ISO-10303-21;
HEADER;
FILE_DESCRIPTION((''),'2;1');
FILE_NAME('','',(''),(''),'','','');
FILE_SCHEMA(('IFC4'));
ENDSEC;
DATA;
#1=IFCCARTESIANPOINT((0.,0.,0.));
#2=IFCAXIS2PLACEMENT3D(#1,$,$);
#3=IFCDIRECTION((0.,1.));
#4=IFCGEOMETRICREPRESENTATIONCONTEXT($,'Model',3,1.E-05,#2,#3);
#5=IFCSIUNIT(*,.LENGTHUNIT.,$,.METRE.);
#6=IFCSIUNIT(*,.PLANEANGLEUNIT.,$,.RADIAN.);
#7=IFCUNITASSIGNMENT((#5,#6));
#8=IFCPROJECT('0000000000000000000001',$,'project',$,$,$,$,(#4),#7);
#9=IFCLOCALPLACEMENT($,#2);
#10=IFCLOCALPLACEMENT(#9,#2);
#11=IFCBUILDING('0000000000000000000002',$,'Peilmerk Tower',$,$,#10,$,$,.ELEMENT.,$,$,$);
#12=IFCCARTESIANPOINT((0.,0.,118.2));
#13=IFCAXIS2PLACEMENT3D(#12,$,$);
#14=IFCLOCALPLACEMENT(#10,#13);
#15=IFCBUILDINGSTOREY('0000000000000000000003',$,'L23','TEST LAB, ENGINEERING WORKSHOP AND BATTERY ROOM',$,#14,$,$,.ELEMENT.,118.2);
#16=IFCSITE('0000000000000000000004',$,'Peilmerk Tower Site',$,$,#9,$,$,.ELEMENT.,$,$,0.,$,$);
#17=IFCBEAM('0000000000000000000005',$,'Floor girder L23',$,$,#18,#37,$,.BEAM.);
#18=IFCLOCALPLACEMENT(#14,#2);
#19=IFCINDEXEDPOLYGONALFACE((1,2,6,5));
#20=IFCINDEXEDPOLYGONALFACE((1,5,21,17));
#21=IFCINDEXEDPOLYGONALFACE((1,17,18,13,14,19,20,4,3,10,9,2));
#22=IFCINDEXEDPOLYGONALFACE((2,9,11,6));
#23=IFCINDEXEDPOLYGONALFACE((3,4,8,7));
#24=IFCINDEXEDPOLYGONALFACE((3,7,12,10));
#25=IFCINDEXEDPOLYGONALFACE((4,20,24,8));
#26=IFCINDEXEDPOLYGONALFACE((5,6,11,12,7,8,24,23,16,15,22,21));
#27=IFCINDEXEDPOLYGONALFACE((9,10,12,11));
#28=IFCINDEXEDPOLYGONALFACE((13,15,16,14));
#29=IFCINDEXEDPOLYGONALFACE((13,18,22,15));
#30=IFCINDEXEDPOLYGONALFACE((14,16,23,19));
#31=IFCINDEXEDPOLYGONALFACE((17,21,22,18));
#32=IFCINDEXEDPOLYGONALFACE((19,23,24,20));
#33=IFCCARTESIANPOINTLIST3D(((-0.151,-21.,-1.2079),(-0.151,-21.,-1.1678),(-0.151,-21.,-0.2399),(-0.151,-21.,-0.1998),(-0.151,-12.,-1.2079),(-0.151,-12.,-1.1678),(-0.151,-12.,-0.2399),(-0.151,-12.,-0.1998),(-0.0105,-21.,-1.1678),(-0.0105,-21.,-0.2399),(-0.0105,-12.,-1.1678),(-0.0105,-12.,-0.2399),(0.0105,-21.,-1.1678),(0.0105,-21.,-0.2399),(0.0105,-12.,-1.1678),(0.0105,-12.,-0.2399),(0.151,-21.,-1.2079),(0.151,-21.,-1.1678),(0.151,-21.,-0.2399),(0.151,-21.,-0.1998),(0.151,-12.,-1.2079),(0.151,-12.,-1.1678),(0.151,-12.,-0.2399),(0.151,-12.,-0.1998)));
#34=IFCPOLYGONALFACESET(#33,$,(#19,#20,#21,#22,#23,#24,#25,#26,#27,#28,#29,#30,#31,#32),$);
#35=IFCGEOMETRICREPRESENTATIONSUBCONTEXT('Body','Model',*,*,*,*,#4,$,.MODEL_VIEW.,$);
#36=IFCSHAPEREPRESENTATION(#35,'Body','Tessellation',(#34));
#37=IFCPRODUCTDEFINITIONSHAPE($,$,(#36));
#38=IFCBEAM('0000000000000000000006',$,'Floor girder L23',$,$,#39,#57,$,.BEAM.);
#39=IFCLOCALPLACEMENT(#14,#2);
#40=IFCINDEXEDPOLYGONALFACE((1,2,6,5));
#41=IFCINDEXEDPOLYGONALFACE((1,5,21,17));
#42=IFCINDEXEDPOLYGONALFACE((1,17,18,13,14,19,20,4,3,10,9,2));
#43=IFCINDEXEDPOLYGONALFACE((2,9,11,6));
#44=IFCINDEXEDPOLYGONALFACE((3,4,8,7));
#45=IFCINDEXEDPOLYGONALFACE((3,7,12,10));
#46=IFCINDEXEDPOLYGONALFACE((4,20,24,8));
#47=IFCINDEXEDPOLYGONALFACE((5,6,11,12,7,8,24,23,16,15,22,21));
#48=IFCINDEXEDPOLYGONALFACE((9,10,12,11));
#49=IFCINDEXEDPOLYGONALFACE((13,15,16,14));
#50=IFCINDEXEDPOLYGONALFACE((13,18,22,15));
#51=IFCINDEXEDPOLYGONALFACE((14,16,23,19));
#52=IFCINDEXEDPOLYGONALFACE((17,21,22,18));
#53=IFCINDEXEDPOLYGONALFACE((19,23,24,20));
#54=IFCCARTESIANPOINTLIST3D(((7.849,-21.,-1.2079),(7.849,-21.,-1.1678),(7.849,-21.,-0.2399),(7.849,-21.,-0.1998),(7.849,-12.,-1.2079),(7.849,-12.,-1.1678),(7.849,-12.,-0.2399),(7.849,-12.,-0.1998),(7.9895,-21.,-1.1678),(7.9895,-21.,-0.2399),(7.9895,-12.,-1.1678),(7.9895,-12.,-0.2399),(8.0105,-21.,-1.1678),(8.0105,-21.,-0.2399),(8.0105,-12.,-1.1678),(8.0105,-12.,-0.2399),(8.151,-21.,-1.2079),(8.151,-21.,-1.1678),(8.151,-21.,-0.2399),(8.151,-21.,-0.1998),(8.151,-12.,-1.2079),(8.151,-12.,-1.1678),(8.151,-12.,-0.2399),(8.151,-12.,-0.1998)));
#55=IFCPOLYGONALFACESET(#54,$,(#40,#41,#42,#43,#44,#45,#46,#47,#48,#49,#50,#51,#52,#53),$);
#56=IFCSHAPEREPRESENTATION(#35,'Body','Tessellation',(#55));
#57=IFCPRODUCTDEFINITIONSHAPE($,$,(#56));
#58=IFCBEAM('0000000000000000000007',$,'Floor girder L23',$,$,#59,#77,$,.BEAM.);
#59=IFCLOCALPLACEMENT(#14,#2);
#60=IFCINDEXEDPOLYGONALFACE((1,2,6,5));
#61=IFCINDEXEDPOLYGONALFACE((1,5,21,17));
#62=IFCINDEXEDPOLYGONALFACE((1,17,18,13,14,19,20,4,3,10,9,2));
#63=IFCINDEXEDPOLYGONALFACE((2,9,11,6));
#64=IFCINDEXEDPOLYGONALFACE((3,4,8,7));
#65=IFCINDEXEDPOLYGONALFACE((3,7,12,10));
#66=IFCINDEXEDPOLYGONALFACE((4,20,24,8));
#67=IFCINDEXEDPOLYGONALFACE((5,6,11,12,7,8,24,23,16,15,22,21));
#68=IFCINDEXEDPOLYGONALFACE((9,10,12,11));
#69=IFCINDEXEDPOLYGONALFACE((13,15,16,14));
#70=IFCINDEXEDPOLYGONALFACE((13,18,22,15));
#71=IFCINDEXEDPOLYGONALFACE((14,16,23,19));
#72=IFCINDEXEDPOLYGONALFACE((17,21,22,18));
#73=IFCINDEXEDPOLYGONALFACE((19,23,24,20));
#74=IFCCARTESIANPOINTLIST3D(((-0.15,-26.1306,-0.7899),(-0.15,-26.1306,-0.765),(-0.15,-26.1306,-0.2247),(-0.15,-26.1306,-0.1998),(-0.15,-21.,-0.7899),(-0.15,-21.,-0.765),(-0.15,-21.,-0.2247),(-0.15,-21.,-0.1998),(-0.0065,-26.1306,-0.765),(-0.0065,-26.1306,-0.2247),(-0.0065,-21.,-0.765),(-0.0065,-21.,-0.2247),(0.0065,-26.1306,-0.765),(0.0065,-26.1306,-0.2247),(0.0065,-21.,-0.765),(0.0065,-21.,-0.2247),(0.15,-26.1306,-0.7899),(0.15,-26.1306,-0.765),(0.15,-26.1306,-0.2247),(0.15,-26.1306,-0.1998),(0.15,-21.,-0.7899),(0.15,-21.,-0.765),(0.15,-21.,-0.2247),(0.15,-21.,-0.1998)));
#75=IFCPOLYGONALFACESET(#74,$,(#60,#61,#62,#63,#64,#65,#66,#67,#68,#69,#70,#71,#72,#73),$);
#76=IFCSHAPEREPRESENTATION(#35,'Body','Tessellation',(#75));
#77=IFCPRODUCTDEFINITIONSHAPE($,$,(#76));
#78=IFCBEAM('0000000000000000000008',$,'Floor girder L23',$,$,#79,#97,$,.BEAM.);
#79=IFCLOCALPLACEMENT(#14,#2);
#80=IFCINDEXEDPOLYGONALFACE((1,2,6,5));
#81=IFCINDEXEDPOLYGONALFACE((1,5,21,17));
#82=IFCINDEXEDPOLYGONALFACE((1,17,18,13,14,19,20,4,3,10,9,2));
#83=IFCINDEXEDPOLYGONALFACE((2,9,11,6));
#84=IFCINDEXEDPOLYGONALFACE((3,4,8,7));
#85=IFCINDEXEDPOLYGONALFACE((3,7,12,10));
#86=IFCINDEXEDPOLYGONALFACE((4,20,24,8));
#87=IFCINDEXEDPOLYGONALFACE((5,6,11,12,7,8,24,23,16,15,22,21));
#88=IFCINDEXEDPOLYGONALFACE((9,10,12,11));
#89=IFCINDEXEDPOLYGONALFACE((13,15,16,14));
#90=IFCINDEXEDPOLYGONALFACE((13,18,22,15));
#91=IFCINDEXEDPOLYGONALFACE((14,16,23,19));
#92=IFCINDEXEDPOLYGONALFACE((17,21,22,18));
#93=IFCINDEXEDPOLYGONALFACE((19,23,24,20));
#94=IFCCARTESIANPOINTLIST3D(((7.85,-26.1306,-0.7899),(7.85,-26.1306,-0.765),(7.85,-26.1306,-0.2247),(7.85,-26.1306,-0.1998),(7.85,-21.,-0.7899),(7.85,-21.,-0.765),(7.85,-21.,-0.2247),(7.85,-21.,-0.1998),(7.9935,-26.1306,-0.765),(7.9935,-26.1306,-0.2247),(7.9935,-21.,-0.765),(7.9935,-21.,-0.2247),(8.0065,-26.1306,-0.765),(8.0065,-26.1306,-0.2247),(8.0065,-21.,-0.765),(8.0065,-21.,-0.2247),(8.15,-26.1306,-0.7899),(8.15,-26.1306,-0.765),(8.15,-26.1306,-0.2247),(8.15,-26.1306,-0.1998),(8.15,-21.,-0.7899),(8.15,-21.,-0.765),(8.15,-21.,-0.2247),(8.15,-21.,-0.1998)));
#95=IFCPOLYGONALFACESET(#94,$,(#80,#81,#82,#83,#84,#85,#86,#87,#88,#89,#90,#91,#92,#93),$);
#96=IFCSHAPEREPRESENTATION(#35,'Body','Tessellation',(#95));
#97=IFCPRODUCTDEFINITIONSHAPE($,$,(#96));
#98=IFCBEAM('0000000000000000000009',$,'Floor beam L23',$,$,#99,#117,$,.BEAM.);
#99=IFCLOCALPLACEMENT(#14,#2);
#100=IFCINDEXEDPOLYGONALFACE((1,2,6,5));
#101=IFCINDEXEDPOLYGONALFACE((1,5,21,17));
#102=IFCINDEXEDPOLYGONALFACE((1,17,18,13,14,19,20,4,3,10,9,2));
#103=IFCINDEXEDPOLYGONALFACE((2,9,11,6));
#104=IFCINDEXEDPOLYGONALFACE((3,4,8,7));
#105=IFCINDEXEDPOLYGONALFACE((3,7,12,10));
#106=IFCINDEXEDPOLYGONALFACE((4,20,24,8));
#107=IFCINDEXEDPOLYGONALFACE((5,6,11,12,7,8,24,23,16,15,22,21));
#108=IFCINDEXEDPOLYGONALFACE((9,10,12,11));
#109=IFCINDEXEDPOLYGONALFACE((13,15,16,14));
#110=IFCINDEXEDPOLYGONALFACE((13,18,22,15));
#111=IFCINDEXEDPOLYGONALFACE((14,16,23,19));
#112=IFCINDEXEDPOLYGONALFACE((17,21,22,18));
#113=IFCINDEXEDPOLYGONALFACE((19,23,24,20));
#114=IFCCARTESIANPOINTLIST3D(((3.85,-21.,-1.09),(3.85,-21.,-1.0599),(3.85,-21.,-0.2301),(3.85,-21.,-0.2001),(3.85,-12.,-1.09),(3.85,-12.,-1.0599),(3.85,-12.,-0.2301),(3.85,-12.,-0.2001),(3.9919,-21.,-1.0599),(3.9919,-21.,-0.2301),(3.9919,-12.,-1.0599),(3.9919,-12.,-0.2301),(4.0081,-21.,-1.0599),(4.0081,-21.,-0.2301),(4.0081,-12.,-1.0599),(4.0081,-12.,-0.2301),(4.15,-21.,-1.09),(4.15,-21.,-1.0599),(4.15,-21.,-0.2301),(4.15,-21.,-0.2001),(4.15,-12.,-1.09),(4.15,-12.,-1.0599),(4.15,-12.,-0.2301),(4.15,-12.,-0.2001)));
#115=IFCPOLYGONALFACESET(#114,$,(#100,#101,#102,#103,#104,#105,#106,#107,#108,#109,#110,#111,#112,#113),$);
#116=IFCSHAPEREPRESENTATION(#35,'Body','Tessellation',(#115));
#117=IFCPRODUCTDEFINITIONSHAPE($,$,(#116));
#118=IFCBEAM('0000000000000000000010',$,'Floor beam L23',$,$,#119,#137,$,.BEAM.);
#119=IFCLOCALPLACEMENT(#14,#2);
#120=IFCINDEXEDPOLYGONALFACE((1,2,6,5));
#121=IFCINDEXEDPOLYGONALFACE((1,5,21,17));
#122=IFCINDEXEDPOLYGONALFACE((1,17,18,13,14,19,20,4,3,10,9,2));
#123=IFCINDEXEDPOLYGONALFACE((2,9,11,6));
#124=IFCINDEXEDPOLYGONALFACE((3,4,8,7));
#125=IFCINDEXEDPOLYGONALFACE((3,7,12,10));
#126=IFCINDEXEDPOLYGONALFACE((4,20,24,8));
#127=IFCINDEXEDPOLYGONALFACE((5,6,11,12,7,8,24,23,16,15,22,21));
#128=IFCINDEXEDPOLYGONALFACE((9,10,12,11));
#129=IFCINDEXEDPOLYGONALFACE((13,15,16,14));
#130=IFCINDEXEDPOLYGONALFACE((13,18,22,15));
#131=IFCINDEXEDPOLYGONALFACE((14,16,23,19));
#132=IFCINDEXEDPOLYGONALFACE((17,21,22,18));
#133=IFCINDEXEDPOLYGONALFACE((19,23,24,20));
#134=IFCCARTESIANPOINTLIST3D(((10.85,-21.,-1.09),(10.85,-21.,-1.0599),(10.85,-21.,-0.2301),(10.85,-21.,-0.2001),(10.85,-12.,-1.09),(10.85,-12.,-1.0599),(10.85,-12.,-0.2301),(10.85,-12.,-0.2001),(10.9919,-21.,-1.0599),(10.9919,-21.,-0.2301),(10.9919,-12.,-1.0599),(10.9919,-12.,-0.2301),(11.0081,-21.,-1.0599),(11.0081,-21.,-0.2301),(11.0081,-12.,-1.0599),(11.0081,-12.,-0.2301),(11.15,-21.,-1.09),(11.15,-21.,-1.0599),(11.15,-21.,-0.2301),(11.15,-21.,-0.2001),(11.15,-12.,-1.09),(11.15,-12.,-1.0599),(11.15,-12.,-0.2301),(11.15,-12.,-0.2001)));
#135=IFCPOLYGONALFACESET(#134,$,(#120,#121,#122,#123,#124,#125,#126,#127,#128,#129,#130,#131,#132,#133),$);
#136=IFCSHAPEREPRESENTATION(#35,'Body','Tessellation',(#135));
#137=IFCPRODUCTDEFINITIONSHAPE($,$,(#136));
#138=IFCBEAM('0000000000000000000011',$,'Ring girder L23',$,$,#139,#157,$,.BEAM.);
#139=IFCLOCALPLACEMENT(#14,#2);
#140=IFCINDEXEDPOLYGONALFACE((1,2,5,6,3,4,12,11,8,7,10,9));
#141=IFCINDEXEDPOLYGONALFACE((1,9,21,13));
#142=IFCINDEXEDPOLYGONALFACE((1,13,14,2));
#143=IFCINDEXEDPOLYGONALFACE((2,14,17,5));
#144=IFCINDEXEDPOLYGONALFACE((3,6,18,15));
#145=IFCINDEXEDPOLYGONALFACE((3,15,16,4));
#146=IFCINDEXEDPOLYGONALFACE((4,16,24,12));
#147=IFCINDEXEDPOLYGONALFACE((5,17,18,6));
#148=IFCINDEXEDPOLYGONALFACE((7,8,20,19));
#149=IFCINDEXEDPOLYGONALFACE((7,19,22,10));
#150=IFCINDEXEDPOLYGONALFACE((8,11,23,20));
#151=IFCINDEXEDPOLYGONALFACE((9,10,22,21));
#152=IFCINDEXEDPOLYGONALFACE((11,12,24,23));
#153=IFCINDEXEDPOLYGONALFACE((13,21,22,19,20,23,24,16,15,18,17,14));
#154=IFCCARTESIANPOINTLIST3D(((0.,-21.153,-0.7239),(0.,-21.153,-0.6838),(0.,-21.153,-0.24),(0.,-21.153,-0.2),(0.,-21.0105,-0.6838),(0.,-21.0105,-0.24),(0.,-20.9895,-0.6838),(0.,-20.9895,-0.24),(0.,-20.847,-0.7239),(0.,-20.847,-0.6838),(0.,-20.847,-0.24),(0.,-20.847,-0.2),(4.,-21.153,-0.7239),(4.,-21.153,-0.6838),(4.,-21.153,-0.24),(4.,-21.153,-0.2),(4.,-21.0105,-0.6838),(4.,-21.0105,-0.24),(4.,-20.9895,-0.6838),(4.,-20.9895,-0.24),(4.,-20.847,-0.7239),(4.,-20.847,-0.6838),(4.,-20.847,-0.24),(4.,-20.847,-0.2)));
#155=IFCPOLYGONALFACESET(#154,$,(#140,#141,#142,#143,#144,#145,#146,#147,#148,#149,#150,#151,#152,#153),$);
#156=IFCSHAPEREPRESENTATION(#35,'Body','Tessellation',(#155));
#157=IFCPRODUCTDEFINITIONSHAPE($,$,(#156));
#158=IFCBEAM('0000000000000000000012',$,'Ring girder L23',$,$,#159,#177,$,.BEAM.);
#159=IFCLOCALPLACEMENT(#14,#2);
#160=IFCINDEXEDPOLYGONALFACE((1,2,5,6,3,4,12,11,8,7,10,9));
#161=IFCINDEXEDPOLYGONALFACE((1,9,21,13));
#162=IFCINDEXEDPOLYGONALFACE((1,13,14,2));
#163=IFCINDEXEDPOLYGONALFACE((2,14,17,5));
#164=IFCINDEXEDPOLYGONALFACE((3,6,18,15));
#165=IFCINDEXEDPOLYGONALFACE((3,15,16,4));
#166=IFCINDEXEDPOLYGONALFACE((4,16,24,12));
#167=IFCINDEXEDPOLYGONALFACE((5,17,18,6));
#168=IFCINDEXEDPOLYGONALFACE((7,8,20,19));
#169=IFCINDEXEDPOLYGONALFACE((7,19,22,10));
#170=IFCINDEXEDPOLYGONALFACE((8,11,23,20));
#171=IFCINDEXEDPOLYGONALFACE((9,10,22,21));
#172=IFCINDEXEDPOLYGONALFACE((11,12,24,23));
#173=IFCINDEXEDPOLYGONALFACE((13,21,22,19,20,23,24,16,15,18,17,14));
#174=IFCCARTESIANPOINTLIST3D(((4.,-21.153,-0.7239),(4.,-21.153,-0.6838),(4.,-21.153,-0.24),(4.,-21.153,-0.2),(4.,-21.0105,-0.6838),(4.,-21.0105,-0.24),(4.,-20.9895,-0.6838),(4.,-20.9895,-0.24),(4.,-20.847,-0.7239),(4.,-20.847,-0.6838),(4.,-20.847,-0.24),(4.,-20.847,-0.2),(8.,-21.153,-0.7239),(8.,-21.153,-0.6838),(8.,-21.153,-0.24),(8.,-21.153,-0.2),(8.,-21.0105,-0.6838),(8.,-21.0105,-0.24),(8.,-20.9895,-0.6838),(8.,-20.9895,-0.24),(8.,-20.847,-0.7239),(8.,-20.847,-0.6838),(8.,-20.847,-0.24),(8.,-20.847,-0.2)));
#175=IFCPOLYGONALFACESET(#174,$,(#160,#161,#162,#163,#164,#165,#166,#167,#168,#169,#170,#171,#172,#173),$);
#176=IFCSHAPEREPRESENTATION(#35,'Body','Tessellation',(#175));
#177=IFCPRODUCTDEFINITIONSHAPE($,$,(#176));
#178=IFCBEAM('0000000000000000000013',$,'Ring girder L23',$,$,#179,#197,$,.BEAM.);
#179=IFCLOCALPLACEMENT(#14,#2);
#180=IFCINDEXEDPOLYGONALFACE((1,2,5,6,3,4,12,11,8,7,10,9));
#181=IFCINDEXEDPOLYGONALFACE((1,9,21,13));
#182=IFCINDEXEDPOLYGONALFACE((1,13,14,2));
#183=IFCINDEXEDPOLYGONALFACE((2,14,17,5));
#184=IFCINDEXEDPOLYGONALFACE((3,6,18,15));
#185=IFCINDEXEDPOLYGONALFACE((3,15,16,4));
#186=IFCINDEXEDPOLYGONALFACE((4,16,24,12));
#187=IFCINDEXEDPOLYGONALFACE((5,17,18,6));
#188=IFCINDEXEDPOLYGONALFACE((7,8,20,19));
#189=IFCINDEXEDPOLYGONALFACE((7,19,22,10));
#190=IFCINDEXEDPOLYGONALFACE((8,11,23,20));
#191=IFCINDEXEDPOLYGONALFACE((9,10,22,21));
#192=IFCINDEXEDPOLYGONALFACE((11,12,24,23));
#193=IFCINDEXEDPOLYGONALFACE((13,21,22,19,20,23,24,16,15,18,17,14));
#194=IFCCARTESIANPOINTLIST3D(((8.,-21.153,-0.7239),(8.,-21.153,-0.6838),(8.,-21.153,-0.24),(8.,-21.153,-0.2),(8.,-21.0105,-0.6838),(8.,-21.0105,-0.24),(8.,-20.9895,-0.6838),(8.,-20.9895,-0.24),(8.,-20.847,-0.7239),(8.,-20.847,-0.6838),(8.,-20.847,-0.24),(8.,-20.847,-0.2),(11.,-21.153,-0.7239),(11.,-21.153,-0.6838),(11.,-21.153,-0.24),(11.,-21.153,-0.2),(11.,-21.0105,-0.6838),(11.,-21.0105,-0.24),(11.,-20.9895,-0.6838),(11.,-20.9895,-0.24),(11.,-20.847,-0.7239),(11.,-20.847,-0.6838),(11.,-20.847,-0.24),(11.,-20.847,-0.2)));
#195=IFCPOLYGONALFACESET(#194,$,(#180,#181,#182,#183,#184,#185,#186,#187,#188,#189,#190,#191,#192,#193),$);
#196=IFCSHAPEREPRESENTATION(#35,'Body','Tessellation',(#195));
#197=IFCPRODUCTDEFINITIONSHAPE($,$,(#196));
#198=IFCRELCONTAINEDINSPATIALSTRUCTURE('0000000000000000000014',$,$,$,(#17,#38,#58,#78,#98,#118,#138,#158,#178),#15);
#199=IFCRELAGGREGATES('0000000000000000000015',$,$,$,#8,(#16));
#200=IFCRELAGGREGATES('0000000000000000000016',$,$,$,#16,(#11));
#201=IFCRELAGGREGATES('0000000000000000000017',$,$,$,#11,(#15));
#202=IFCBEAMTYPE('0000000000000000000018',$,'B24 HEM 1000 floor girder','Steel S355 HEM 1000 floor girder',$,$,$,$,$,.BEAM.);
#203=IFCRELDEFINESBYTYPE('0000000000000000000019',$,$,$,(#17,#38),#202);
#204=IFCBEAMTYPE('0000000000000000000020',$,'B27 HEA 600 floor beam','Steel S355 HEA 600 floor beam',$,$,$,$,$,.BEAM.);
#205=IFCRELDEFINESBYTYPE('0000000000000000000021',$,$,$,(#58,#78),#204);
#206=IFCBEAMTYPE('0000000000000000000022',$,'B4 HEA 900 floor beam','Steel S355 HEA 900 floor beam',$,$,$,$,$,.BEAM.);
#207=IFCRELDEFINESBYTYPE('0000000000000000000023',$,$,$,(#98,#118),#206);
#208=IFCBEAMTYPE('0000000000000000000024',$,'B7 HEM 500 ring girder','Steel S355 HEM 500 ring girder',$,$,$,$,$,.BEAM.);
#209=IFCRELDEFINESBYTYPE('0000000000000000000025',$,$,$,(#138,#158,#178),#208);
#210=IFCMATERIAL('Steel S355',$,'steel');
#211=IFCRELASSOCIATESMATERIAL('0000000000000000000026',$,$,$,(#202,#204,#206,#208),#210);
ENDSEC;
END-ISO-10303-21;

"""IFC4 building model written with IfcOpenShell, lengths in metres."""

from ifc_helpers import new_model, si_unit, direction, frame, origin, origin_2d, place, context, subcontext, project, spatial, i_section, extrude, material, material_profile, profile_set, type_object, element, save


model = new_model("IFC4")

# Units and contexts
model_context = context("Model", 3, precision=1e-05, world=origin(), true_north=direction((0.0, 1.0)))
body_context = subcontext(model_context, "Body", "Model", "MODEL_VIEW")
ifc_project = project(units=[si_unit("LENGTHUNIT", "METRE"), si_unit("PLANEANGLEUNIT", "RADIAN")], contexts=[model_context])

# Site, building, storey
site_placement = place(None, origin())
site = spatial("IfcSite", under=ifc_project, at=site_placement, Name="Peilmerk Tower Site", CompositionType="ELEMENT", RefElevation=0.0)
building_placement = place(site_placement, origin())
building = spatial("IfcBuilding", under=site, at=building_placement, Name="Peilmerk Tower", CompositionType="ELEMENT")
storey_placement = place(building_placement, frame((0.0, 0.0, 118.2)))
storey = spatial("IfcBuildingStorey", under=building, at=storey_placement, Name="L23", Description="TEST LAB, ENGINEERING WORKSHOP AND BATTERY ROOM", CompositionType="ELEMENT", Elevation=118.2)

# Beams
ifc_material_1 = material(Name="Steel S355", Category="steel")
ifc_material_profile_1 = material_profile(ifc_material_1, i_section(OverallWidth=0.302, OverallDepth=1.0081, WebThickness=0.021, FlangeThickness=0.04, at=origin_2d()), Name="HEM 1000")
ifc_profile_set_1 = profile_set([ifc_material_profile_1], Name="Steel S355")
beam_type_1 = type_object("IfcBeamType", Name="B24 HEM 1000 floor girder", Description="Steel S355 HEM 1000 floor girder", PredefinedType="BEAM", material=ifc_profile_set_1)
for number, where, z_axis, x_axis, name in (
    (1, (0.0, -12.0, -0.7039), (0.0, -1.0, 0.0), (1.0, 0.0, 0.0), "Floor girder L23"),
    (2, (8.0, -12.0, -0.7039), (0.0, -1.0, 0.0), (1.0, 0.0, 0.0), "Floor girder L23"),
):
    element("IfcBeam", number, at=place(storey_placement, frame(where, z_axis=z_axis, x_axis=x_axis)), inside=storey, type_object=beam_type_1, Name=name, PredefinedType="BEAM", context=body_context, shape_type="SweptSolid", body=[
        extrude(i_section(OverallWidth=0.302, OverallDepth=1.0081, WebThickness=0.021, FlangeThickness=0.04, at=origin_2d()), origin(), (0.0, 0.0, 1.0), 9.0),
    ])
ifc_material_profile_2 = material_profile(ifc_material_1, i_section(OverallWidth=0.3, OverallDepth=0.5901, WebThickness=0.0129, FlangeThickness=0.0249, at=origin_2d()), Name="HEA 600")
ifc_profile_set_2 = profile_set([ifc_material_profile_2], Name="Steel S355")
beam_type_2 = type_object("IfcBeamType", Name="B27 HEA 600 floor beam", Description="Steel S355 HEA 600 floor beam", PredefinedType="BEAM", material=ifc_profile_set_2)
for number, where, z_axis, x_axis, name in (
    (3, (0.0, -21.0, -0.4949), (0.0, -1.0, 0.0), (1.0, 0.0, 0.0), "Floor girder L23"),
    (4, (8.0, -21.0, -0.4949), (0.0, -1.0, 0.0), (1.0, 0.0, 0.0), "Floor girder L23"),
):
    element("IfcBeam", number, at=place(storey_placement, frame(where, z_axis=z_axis, x_axis=x_axis)), inside=storey, type_object=beam_type_2, Name=name, PredefinedType="BEAM", context=body_context, shape_type="SweptSolid", body=[
        extrude(i_section(OverallWidth=0.3, OverallDepth=0.5901, WebThickness=0.0129, FlangeThickness=0.0249, at=origin_2d()), origin(), (0.0, 0.0, 1.0), 5.1306),
    ])
ifc_material_profile_3 = material_profile(ifc_material_1, i_section(OverallWidth=0.3, OverallDepth=0.8899, WebThickness=0.0161, FlangeThickness=0.03, at=origin_2d()), Name="HEA 900")
ifc_profile_set_3 = profile_set([ifc_material_profile_3], Name="Steel S355")
beam_type_3 = type_object("IfcBeamType", Name="B4 HEA 900 floor beam", Description="Steel S355 HEA 900 floor beam", PredefinedType="BEAM", material=ifc_profile_set_3)
for number, where, z_axis, x_axis, name in (
    (5, (4.0, -12.0, -0.645), (0.0, -1.0, 0.0), (1.0, 0.0, 0.0), "Floor beam L23"),
    (6, (11.0, -12.0, -0.645), (0.0, -1.0, 0.0), (1.0, 0.0, 0.0), "Floor beam L23"),
):
    element("IfcBeam", number, at=place(storey_placement, frame(where, z_axis=z_axis, x_axis=x_axis)), inside=storey, type_object=beam_type_3, Name=name, PredefinedType="BEAM", context=body_context, shape_type="SweptSolid", body=[
        extrude(i_section(OverallWidth=0.3, OverallDepth=0.8899, WebThickness=0.0161, FlangeThickness=0.03, at=origin_2d()), origin(), (0.0, 0.0, 1.0), 9.0),
    ])
ifc_material_profile_4 = material_profile(ifc_material_1, i_section(OverallWidth=0.3059, OverallDepth=0.5239, WebThickness=0.021, FlangeThickness=0.04, at=origin_2d()), Name="HEM 500")
ifc_profile_set_4 = profile_set([ifc_material_profile_4], Name="Steel S355")
beam_type_4 = type_object("IfcBeamType", Name="B7 HEM 500 ring girder", Description="Steel S355 HEM 500 ring girder", PredefinedType="BEAM", material=ifc_profile_set_4)
for number, where, z_axis, x_axis, name in (
    (7, (0.0, -21.0, -0.4619), (1.0, 0.0, 0.0), (0.0, 1.0, 0.0), "Ring girder L23"),
    (8, (4.0, -21.0, -0.4619), (1.0, 0.0, 0.0), (0.0, 1.0, 0.0), "Ring girder L23"),
):
    element("IfcBeam", number, at=place(storey_placement, frame(where, z_axis=z_axis, x_axis=x_axis)), inside=storey, type_object=beam_type_4, Name=name, PredefinedType="BEAM", context=body_context, shape_type="SweptSolid", body=[
        extrude(i_section(OverallWidth=0.3059, OverallDepth=0.5239, WebThickness=0.021, FlangeThickness=0.04, at=origin_2d()), origin(), (0.0, 0.0, 1.0), 4.0),
    ])
beam_1_placement = place(storey_placement, frame((8.0, -21.0, -0.4619), z_axis=(1.0, 0.0, 0.0), x_axis=(0.0, 1.0, 0.0)))
element("IfcBeam", 9, at=beam_1_placement, inside=storey, type_object=beam_type_4, Name="Ring girder L23", PredefinedType="BEAM", context=body_context, shape_type="SweptSolid", body=[
    extrude(i_section(OverallWidth=0.3059, OverallDepth=0.5239, WebThickness=0.021, FlangeThickness=0.04, at=origin_2d()), origin(), (0.0, 0.0, 1.0), 3.0),
])

save(model, "model.ifc")
